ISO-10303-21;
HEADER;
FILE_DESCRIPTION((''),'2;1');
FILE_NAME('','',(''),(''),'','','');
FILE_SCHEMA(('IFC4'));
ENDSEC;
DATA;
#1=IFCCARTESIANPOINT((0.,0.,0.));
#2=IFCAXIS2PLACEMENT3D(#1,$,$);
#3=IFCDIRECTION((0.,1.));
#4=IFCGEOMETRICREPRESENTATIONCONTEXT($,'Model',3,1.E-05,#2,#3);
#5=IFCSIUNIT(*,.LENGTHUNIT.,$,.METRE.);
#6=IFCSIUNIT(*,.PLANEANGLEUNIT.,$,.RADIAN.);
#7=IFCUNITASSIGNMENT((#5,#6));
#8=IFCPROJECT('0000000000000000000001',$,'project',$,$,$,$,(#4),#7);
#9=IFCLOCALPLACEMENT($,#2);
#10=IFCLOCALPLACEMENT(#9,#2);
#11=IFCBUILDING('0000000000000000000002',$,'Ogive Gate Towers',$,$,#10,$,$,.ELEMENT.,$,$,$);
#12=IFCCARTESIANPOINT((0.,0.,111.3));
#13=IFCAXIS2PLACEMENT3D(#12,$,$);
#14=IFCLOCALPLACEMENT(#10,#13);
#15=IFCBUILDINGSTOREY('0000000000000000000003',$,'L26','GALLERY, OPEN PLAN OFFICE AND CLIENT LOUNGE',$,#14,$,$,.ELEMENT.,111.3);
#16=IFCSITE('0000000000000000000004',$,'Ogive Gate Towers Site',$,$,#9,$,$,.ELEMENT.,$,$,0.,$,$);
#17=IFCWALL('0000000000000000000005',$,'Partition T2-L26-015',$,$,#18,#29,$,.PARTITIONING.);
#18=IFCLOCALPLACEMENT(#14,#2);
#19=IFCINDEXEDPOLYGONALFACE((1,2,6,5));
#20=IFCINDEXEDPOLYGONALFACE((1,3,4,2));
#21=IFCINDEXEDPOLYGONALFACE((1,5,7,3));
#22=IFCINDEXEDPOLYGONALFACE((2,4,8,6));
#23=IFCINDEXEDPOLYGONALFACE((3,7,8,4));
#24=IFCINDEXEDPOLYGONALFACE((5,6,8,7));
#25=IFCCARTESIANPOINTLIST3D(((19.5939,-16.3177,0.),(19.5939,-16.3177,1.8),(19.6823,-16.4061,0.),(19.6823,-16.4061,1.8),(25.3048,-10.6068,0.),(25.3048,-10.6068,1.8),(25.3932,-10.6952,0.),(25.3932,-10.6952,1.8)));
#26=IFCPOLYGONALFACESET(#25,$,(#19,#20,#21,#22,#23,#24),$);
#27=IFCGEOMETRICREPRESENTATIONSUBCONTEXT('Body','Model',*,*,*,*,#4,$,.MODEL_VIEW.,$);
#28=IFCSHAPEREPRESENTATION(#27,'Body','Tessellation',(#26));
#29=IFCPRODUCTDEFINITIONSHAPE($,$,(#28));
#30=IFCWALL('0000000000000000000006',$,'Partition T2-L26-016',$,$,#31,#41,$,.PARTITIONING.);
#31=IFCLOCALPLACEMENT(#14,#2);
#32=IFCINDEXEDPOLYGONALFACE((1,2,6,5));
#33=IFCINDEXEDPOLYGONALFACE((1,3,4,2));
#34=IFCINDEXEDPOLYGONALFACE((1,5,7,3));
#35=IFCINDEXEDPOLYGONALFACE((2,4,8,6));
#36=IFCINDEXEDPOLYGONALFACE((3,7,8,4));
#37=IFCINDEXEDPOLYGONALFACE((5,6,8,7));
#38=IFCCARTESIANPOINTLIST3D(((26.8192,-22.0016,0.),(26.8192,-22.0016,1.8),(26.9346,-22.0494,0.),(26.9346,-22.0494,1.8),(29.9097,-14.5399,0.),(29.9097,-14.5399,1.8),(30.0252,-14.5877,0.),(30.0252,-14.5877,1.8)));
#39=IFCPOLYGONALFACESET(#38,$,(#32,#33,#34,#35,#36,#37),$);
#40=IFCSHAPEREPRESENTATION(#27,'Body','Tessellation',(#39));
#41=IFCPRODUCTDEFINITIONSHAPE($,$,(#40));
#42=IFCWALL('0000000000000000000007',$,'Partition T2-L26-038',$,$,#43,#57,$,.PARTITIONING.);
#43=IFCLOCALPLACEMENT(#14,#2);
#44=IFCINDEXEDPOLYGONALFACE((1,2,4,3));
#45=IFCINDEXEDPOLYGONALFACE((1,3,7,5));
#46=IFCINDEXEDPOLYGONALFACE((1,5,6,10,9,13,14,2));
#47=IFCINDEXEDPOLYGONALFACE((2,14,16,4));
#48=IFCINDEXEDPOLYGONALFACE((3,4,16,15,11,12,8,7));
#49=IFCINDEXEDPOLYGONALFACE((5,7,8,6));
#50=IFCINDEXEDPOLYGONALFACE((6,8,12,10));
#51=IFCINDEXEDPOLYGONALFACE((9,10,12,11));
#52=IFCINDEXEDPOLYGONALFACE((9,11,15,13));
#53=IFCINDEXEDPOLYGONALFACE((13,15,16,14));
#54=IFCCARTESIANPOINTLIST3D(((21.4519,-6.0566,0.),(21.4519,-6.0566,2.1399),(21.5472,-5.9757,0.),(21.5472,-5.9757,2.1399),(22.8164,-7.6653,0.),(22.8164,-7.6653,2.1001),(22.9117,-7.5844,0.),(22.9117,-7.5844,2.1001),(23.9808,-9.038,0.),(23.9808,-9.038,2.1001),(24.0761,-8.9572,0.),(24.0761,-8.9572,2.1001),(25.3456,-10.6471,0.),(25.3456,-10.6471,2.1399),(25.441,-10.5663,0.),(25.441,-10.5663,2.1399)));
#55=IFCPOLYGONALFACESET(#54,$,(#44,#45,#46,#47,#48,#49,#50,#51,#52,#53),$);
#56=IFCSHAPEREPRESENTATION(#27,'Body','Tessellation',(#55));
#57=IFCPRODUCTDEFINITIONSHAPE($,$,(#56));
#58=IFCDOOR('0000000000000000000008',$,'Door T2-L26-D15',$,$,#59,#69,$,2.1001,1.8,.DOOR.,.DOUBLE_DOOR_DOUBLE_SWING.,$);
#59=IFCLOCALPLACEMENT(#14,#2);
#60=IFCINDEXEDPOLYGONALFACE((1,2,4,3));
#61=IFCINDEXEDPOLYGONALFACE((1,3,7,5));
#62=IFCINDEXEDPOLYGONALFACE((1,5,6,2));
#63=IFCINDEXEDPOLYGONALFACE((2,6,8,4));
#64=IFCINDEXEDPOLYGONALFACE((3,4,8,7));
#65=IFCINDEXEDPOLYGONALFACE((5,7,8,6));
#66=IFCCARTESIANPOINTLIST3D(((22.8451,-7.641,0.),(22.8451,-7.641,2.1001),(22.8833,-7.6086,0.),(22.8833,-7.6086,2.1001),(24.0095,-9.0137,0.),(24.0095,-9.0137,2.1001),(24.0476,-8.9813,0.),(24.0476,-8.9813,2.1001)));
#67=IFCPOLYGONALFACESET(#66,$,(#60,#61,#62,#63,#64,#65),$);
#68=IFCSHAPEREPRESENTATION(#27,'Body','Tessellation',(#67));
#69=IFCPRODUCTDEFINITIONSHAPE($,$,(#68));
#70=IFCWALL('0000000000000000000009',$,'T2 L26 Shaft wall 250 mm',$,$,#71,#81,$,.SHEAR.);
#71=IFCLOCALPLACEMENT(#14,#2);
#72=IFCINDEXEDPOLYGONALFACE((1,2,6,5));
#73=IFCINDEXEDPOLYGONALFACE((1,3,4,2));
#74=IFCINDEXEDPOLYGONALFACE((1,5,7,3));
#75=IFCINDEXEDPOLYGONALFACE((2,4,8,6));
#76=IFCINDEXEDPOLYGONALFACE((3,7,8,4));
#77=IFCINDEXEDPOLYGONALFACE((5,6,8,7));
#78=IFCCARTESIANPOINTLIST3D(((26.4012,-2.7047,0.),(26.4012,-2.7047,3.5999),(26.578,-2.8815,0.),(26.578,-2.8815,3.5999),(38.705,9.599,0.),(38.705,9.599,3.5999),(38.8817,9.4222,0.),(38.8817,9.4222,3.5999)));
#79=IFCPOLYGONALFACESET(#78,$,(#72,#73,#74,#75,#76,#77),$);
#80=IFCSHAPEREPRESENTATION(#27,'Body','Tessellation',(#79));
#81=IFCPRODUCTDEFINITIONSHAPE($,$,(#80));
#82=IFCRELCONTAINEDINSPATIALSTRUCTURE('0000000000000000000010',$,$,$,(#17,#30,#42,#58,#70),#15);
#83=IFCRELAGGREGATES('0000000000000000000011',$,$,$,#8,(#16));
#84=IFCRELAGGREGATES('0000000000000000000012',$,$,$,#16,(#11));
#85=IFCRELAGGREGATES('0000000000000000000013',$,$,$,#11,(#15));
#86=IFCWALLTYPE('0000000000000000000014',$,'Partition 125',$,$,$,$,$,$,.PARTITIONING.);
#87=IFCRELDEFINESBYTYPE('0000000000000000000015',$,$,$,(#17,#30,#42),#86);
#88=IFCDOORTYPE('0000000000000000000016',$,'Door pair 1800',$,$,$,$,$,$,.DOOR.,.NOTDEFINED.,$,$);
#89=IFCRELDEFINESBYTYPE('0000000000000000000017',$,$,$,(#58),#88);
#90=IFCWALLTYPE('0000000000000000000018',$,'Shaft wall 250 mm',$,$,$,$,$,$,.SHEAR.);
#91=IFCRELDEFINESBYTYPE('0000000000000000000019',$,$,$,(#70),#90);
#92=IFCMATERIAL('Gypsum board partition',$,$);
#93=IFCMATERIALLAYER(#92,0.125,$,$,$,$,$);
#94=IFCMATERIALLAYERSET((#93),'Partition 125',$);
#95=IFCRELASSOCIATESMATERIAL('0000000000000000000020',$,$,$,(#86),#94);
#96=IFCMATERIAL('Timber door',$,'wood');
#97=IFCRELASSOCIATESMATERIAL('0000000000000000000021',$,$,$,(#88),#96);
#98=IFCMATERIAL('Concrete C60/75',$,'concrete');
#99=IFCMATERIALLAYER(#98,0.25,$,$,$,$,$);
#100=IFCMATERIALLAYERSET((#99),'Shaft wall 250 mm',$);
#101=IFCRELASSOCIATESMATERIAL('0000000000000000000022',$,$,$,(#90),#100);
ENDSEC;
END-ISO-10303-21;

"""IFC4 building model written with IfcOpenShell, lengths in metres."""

from ifc_helpers import new_model, si_unit, direction, frame, frame_2d, origin, place, context, subcontext, project, spatial, rectangle, extrude, material, layer, layer_set, type_object, element, fill, save


model = new_model("IFC4")

# Units and contexts
model_context = context("Model", 3, precision=1e-05, world=origin(), true_north=direction((0.0, 1.0)))
body_context = subcontext(model_context, "Body", "Model", "MODEL_VIEW")
ifc_project = project(units=[si_unit("LENGTHUNIT", "METRE"), si_unit("PLANEANGLEUNIT", "RADIAN")], contexts=[model_context])

# Site, building, storey
site_placement = place(None, origin())
site = spatial("IfcSite", under=ifc_project, at=site_placement, Name="Ogive Gate Towers Site", CompositionType="ELEMENT", RefElevation=0.0)
building_placement = place(site_placement, origin())
building = spatial("IfcBuilding", under=site, at=building_placement, Name="Ogive Gate Towers", CompositionType="ELEMENT")
storey_placement = place(building_placement, frame((0.0, 0.0, 111.3)))
storey = spatial("IfcBuildingStorey", under=building, at=storey_placement, Name="L26", Description="GALLERY, OPEN PLAN OFFICE AND CLIENT LOUNGE", CompositionType="ELEMENT", Elevation=111.3)

# Shared definitions
ifc_material_1 = material(Name="Timber door", Category="wood")

# Walls
ifc_material_2 = material(Name="Gypsum board partition")
ifc_layer_1 = layer(ifc_material_2, 0.125)
ifc_layer_set_1 = layer_set([ifc_layer_1], Name="Partition 125")
wall_type_1 = type_object("IfcWallType", Name="Partition 125", PredefinedType="PARTITIONING", material=ifc_layer_set_1)
for number, where, z_axis, x_axis, name in (
    (1, (19.6382, -16.3618, 0.0), (0.0, 0.0, 1.0), (0.707107, 0.707107, 0.0), "Partition T2-L26-015"),
    (2, (26.877, -22.0254, 0.0), (0.0, 0.0, 1.0), (0.382668, 0.923886, 0.0), "Partition T2-L26-016"),
):
    element("IfcWall", number, at=place(storey_placement, frame(where, z_axis=z_axis, x_axis=x_axis)), inside=storey, type_object=wall_type_1, Name=name, PredefinedType="PARTITIONING", context=body_context, shape_type="SweptSolid", body=[
        extrude(rectangle(XDim=8.0764, YDim=0.125, at=frame_2d((4.0381, 0.0))), origin(), (0.0, 0.0, 1.0), 1.8),
    ])

# Wall, opening, door
wall_1_placement = place(storey_placement, frame((25.3933, -10.6067, 0.0), z_axis=(0.0, 0.0, 1.0), x_axis=(-0.646858, 0.76261, 0.0)))
wall_1 = element("IfcWall", 3, at=wall_1_placement, inside=storey, type_object=wall_type_1, Name="Partition T2-L26-038", PredefinedType="PARTITIONING", context=body_context, shape_type="SweptSolid", body=[
    extrude(rectangle(XDim=6.0195, YDim=0.125, at=frame_2d((3.0098, 0.0))), origin(), (0.0, 0.0, 1.0), 2.1399),
])
opening_1_placement = place(wall_1_placement, frame((2.1101, 0.0, 0.0)))
opening_1 = element("IfcOpeningElement", 4, at=opening_1_placement, cuts=wall_1, PredefinedType="OPENING", context=body_context, shape_type="SweptSolid", body=[
    extrude(rectangle(XDim=1.8, YDim=2.1001, at=frame_2d((0.8999, 1.05))), frame((0.0, 0.0725, 0.0), z_axis=(0.0, -1.0, 0.0), x_axis=(1.0, 0.0, 0.0)), (0.0, 0.0, 1.0), 0.145),
])
door_type_1 = type_object("IfcDoorType", Name="Door pair 1800", OperationType="NOTDEFINED", PredefinedType="DOOR", material=ifc_material_1)
door_1_placement = place(opening_1_placement, origin())
door_1 = element("IfcDoor", 5, at=door_1_placement, inside=storey, type_object=door_type_1, Name="Door T2-L26-D15", OperationType="DOUBLE_DOOR_DOUBLE_SWING", OverallHeight=2.1001, OverallWidth=1.8, PredefinedType="DOOR", context=body_context, shape_type="SweptSolid", body=[
    extrude(rectangle(XDim=1.8, YDim=2.1001, at=frame_2d((0.8999, 1.05))), frame((0.0, 0.0249, 0.0), z_axis=(0.0, -1.0, 0.0), x_axis=(1.0, 0.0, 0.0)), (0.0, 0.0, 1.0), 0.05),
])
fill(opening_1, door_1)

# Wall
ifc_material_3 = material(Name="Concrete C60/75", Category="concrete")
ifc_layer_2 = layer(ifc_material_3, 0.25)
ifc_layer_set_2 = layer_set([ifc_layer_2], Name="Shaft wall 250 mm")
wall_type_2 = type_object("IfcWallType", Name="Shaft wall 250 mm", PredefinedType="SHEAR", material=ifc_layer_set_2)
wall_2_placement = place(storey_placement, frame((26.4895, -2.7932, 0.0), z_axis=(0.0, 0.0, 1.0), x_axis=(0.707107, 0.707107, 0.0)))
element("IfcWall", 6, at=wall_2_placement, inside=storey, type_object=wall_type_2, Name="T2 L26 Shaft wall 250 mm", PredefinedType="SHEAR", context=body_context, shape_type="SweptSolid", body=[
    extrude(rectangle(XDim=17.4001, YDim=0.25, at=frame_2d((8.7002, 0.0))), origin(), (0.0, 0.0, 1.0), 3.5999),
])

save(model, "model.ifc")
